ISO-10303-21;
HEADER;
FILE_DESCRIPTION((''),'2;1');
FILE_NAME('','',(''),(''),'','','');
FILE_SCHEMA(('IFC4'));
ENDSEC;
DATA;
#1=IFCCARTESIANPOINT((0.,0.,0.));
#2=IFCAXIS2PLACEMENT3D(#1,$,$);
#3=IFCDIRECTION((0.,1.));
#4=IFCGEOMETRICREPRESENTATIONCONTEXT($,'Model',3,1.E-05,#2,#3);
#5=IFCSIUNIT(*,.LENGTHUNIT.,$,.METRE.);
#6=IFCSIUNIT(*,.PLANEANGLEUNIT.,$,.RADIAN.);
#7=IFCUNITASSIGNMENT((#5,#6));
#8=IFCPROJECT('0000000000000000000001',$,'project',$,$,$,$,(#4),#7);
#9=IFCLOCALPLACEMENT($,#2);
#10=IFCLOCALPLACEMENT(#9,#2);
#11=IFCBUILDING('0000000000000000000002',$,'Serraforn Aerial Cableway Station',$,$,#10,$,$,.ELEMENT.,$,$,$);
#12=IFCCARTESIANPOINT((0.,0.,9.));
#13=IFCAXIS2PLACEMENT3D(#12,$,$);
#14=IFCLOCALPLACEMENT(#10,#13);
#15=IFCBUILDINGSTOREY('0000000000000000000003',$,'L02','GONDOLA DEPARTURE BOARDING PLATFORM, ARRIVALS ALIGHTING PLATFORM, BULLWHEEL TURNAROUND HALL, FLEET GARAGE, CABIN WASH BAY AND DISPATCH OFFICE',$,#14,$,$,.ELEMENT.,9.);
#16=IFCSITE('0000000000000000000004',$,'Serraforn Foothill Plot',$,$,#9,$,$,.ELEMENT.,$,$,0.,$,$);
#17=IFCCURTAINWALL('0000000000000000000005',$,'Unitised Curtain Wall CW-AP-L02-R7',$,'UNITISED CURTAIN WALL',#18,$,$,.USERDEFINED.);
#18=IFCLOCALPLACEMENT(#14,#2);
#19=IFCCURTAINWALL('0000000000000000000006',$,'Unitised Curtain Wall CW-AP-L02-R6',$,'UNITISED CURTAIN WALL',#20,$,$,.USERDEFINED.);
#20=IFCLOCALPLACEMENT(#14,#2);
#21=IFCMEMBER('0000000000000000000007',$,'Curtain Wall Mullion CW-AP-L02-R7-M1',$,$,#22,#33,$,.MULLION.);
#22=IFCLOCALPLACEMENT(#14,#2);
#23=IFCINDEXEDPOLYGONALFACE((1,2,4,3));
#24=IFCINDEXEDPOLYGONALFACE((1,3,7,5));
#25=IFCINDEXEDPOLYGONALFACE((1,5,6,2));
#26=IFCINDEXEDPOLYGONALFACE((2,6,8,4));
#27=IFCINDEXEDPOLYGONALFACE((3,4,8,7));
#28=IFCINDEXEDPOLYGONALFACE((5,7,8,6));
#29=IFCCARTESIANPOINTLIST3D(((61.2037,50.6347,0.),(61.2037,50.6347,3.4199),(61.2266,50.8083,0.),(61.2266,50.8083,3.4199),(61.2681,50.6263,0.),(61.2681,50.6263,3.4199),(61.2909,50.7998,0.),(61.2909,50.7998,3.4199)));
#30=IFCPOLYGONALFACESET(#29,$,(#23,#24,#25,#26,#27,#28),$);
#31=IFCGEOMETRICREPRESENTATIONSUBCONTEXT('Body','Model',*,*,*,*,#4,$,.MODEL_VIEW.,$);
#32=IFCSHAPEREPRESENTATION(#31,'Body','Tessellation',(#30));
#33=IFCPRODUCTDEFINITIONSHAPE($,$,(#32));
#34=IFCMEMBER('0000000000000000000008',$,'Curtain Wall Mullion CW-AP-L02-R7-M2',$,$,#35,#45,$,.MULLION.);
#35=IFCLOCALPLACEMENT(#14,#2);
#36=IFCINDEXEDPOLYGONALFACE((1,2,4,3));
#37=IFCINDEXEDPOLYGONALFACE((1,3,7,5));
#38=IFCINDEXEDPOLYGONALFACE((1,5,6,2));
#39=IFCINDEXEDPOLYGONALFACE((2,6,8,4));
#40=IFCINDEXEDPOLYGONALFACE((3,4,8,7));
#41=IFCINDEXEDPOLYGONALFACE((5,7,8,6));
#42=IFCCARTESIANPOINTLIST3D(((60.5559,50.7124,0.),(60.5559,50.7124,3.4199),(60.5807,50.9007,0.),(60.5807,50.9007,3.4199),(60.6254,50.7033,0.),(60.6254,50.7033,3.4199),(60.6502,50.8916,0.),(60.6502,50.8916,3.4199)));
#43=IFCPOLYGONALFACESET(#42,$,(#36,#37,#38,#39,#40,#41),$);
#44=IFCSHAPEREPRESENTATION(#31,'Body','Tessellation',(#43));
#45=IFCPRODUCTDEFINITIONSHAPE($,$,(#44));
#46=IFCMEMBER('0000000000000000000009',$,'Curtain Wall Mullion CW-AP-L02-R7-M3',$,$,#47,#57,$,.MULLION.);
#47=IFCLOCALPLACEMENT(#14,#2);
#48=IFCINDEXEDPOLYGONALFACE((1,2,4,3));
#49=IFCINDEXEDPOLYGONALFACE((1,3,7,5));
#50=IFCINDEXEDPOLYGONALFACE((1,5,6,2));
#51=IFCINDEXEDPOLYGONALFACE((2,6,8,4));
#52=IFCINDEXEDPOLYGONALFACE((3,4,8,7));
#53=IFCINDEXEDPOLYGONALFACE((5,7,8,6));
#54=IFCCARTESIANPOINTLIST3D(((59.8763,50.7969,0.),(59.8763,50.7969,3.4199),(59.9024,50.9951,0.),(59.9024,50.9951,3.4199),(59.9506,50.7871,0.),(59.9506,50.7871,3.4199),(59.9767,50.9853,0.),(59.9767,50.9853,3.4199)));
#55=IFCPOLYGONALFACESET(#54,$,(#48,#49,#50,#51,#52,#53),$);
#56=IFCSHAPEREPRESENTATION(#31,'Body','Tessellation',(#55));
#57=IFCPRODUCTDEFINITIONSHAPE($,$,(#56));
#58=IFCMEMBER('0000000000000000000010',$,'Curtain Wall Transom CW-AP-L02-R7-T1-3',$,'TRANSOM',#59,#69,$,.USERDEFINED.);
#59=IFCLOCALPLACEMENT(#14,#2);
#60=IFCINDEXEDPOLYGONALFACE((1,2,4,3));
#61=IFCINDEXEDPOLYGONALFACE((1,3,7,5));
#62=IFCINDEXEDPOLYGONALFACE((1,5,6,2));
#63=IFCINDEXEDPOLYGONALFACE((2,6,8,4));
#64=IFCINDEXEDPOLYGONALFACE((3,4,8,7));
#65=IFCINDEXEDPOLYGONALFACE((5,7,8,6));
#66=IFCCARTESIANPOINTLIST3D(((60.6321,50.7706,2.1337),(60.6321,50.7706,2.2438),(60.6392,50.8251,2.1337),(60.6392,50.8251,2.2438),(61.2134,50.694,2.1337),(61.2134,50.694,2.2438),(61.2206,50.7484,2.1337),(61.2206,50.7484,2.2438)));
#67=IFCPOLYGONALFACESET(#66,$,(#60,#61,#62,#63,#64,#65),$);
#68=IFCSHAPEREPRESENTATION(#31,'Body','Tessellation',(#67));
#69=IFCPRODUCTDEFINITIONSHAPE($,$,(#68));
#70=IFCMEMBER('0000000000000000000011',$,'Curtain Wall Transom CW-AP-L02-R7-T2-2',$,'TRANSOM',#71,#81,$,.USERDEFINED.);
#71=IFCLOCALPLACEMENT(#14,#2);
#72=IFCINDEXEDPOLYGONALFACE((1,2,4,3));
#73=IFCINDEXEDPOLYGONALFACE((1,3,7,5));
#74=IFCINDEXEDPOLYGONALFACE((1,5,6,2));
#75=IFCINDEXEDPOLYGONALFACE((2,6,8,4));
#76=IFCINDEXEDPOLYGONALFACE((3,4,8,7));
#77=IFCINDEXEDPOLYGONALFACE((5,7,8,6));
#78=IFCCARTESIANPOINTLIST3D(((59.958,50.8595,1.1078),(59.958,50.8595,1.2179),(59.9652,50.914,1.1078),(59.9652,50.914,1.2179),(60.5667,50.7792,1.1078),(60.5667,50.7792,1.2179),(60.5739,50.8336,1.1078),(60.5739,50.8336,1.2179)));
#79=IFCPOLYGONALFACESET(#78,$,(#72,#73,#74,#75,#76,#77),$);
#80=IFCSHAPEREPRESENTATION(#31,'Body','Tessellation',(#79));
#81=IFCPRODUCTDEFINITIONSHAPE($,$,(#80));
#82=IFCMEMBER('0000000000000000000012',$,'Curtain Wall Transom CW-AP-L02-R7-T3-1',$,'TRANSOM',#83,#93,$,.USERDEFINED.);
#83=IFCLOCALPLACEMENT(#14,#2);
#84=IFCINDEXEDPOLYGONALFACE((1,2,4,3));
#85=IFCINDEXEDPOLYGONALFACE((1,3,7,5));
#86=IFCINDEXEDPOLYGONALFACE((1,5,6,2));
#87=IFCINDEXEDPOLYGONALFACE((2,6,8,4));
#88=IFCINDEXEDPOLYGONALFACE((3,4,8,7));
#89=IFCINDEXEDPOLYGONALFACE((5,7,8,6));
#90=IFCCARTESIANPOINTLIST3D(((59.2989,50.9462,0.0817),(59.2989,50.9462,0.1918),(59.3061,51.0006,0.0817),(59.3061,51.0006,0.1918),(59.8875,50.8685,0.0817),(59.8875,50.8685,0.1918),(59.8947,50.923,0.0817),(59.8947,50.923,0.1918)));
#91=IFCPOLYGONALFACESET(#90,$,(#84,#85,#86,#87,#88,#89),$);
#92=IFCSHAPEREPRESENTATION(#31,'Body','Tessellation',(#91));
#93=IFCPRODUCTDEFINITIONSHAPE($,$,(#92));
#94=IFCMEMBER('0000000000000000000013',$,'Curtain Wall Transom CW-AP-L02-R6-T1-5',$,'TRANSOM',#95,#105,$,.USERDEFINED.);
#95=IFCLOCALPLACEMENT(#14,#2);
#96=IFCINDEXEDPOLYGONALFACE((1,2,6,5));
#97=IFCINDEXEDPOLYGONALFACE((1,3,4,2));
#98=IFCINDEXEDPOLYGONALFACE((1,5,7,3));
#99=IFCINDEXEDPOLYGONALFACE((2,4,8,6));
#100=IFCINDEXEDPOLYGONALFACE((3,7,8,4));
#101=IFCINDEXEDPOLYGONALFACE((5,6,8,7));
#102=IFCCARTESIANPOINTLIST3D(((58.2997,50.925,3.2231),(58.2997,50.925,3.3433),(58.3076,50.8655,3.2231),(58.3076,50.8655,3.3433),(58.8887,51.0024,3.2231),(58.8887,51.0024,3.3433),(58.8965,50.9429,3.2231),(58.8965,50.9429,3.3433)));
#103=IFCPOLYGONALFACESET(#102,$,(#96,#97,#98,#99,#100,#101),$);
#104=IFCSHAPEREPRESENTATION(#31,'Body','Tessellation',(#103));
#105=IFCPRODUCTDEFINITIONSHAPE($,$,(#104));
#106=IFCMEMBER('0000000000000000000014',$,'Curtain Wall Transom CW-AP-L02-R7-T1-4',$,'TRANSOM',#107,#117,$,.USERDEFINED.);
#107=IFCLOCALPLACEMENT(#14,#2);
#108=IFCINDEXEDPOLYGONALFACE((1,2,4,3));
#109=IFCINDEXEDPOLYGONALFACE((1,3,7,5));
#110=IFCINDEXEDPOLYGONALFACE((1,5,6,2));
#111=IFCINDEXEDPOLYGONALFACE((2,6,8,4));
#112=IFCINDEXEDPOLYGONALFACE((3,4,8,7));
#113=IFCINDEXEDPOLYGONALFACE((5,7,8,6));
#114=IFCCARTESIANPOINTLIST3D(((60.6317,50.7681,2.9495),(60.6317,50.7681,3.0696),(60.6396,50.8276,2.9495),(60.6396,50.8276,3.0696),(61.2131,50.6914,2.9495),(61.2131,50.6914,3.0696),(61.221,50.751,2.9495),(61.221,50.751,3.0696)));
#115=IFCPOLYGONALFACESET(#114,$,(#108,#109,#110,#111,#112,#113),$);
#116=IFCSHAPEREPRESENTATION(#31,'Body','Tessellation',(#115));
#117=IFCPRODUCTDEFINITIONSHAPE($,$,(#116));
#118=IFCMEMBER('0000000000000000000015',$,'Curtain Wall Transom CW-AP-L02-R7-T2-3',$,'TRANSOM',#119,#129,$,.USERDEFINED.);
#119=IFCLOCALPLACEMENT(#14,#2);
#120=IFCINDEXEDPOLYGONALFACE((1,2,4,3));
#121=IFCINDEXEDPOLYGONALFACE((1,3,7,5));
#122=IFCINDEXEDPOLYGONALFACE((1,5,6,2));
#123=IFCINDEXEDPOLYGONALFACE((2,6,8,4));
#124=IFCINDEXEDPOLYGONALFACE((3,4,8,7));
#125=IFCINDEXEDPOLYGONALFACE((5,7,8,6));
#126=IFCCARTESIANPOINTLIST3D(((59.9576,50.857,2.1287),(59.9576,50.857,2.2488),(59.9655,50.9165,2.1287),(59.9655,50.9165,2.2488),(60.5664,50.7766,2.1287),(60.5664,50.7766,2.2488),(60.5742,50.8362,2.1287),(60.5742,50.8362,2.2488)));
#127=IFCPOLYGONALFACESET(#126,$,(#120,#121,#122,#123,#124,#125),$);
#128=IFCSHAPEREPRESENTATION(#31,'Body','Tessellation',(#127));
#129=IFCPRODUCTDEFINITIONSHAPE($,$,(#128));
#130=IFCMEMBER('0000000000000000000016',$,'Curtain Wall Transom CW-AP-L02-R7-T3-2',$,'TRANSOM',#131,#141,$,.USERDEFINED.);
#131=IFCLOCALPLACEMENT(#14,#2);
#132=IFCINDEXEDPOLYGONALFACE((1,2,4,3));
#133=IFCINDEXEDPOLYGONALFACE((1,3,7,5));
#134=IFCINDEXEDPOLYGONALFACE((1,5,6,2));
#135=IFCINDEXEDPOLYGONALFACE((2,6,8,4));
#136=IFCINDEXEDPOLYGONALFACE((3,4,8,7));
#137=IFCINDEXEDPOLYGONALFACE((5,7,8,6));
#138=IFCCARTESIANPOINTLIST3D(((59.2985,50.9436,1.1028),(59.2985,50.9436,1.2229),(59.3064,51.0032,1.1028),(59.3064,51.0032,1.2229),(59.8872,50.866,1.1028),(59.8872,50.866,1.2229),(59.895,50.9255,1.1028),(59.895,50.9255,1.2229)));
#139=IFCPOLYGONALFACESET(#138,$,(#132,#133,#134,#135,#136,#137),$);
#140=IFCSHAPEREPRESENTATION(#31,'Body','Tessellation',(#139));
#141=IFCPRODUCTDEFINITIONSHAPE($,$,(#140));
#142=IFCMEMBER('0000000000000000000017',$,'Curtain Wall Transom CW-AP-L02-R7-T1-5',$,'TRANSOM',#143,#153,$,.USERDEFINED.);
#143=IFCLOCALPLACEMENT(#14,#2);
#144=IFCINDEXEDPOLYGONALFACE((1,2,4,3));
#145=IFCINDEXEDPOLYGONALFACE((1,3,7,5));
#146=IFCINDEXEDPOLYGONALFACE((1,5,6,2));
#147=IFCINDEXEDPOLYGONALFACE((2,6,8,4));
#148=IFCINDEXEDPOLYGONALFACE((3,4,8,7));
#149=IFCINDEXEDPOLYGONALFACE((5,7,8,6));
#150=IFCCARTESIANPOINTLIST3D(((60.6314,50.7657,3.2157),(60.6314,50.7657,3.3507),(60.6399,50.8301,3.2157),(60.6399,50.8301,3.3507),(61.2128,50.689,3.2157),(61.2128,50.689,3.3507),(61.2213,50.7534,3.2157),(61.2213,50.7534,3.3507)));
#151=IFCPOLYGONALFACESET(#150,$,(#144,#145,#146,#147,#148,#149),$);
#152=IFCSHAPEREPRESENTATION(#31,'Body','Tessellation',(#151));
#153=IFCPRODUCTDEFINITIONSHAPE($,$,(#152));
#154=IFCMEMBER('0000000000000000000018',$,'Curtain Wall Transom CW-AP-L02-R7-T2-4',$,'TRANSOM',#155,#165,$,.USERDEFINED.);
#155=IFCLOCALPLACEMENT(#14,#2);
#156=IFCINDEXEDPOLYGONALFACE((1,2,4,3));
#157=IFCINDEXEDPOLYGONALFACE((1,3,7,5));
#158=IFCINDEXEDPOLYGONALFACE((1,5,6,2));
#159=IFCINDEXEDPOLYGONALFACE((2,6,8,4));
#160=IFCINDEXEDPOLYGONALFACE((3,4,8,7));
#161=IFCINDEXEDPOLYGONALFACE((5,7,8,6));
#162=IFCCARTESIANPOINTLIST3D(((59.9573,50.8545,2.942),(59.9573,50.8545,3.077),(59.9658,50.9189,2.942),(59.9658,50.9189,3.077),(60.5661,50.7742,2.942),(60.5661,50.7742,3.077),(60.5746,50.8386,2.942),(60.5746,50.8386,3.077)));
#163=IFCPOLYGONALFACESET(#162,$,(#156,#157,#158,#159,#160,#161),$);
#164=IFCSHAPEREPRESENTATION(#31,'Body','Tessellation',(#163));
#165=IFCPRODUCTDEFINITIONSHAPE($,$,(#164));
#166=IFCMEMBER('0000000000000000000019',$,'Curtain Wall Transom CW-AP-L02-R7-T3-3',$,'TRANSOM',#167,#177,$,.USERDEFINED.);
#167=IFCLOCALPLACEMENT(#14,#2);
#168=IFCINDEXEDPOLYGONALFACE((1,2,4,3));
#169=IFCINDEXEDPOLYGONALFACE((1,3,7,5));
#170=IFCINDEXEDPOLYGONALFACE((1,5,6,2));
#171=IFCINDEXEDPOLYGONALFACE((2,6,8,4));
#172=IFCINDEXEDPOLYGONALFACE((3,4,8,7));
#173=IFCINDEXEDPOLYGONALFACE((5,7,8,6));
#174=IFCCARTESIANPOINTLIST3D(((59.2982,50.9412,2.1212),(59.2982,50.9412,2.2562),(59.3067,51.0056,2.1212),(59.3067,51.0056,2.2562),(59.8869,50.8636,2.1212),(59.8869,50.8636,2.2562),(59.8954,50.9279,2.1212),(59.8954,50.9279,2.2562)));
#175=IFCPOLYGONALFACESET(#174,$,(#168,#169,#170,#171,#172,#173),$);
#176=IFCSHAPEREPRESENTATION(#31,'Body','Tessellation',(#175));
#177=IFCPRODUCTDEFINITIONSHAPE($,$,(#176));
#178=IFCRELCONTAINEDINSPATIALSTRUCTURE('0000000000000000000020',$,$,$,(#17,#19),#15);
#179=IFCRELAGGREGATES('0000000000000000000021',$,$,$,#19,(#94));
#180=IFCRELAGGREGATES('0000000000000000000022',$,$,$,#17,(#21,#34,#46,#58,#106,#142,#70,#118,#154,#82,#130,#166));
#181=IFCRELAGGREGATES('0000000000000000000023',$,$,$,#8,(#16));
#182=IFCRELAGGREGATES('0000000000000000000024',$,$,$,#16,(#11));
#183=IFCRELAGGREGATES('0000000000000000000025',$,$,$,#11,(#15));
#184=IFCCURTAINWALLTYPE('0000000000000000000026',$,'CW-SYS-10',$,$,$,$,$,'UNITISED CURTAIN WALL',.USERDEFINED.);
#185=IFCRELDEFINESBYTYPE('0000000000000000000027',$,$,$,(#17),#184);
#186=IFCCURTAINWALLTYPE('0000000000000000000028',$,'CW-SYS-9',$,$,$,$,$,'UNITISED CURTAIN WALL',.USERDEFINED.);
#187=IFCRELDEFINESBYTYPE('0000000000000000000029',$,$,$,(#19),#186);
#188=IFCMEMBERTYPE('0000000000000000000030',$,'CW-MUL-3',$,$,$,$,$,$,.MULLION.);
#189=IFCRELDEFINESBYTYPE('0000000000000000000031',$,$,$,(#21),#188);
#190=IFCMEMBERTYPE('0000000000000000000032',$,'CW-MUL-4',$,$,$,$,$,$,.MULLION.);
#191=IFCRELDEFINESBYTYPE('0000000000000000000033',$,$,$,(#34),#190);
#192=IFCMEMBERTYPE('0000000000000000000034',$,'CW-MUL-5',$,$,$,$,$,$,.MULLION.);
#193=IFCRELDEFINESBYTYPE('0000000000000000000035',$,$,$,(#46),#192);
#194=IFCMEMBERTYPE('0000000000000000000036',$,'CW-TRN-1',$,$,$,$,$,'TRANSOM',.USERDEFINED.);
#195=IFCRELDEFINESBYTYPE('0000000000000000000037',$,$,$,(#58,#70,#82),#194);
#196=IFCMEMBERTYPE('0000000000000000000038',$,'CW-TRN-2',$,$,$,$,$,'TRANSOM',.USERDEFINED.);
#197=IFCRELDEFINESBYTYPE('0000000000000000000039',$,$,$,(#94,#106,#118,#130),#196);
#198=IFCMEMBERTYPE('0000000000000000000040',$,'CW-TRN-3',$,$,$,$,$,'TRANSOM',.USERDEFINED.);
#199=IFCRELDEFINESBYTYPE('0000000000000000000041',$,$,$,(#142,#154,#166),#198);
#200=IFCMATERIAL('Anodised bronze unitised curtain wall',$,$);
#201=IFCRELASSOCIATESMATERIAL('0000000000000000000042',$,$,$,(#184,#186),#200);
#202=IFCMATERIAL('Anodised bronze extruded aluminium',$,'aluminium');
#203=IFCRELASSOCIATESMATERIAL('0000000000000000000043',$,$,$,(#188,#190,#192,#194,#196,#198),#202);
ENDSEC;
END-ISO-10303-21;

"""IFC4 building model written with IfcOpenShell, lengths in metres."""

from ifc_helpers import new_model, si_unit, direction, frame, origin, origin_2d, place, context, subcontext, project, spatial, rectangle, extrude, material, material_profile, profile_set, type_object, element, aggregate, save


model = new_model("IFC4")

# Units and contexts
model_context = context("Model", 3, precision=1e-05, world=origin(), true_north=direction((0.0, 1.0)))
body_context = subcontext(model_context, "Body", "Model", "MODEL_VIEW")
ifc_project = project(units=[si_unit("LENGTHUNIT", "METRE"), si_unit("PLANEANGLEUNIT", "RADIAN")], contexts=[model_context])

# Site, building, storey
site_placement = place(None, origin())
site = spatial("IfcSite", under=ifc_project, at=site_placement, Name="Serraforn Foothill Plot", CompositionType="ELEMENT", RefElevation=0.0)
building_placement = place(site_placement, origin())
building = spatial("IfcBuilding", under=site, at=building_placement, Name="Serraforn Aerial Cableway Station", CompositionType="ELEMENT")
storey_placement = place(building_placement, frame((0.0, 0.0, 9.0)))
storey = spatial("IfcBuildingStorey", under=building, at=storey_placement, Name="L02", Description="GONDOLA DEPARTURE BOARDING PLATFORM, ARRIVALS ALIGHTING PLATFORM, BULLWHEEL TURNAROUND HALL, FLEET GARAGE, CABIN WASH BAY AND DISPATCH OFFICE", CompositionType="ELEMENT", Elevation=9.0)

# Curtain walls
ifc_material_1 = material(Name="Anodised bronze unitised curtain wall")
curtain_wall_type_1 = type_object("IfcCurtainWallType", Name="CW-SYS-10", ElementType="UNITISED CURTAIN WALL", PredefinedType="USERDEFINED", material=ifc_material_1)
curtain_wall_1_placement = place(storey_placement, origin())
curtain_wall_1 = element("IfcCurtainWall", 1, at=curtain_wall_1_placement, inside=storey, type_object=curtain_wall_type_1, Name="Unitised Curtain Wall CW-AP-L02-R7", ObjectType="UNITISED CURTAIN WALL", PredefinedType="USERDEFINED")
ifc_material_2 = material(Name="Anodised bronze extruded aluminium", Category="aluminium")
curtain_wall_type_2 = type_object("IfcCurtainWallType", Name="CW-SYS-9", ElementType="UNITISED CURTAIN WALL", PredefinedType="USERDEFINED", material=ifc_material_1)
curtain_wall_2_placement = place(storey_placement, origin())
curtain_wall_2 = element("IfcCurtainWall", 2, at=curtain_wall_2_placement, inside=storey, type_object=curtain_wall_type_2, Name="Unitised Curtain Wall CW-AP-L02-R6", ObjectType="UNITISED CURTAIN WALL", PredefinedType="USERDEFINED")

# Members
ifc_material_profile_1 = material_profile(ifc_material_2, rectangle(XDim=0.0649, YDim=0.175, at=origin_2d()), Name="CW MULLION 65x175")
ifc_profile_set_1 = profile_set([ifc_material_profile_1], Name="Anodised bronze extruded aluminium")
member_type_1 = type_object("IfcMemberType", Name="CW-MUL-3", PredefinedType="MULLION", material=ifc_profile_set_1)
member_1_placement = place(storey_placement, frame((61.2473, 50.7173, 0.0), z_axis=(0.0, 0.0, 1.0), x_axis=(-0.991439, 0.130573, 0.0)))
member_1 = element("IfcMember", 3, at=member_1_placement, type_object=member_type_1, Name="Curtain Wall Mullion CW-AP-L02-R7-M1", PredefinedType="MULLION", context=body_context, shape_type="SweptSolid", body=[
    extrude(rectangle(XDim=0.0649, YDim=0.175, at=origin_2d()), origin(), (0.0, 0.0, 1.0), 3.4199),
])
ifc_material_profile_2 = material_profile(ifc_material_2, rectangle(XDim=0.0701, YDim=0.1899, at=origin_2d()), Name="CW MULLION 70x190")
ifc_profile_set_2 = profile_set([ifc_material_profile_2], Name="Anodised bronze extruded aluminium")
member_type_2 = type_object("IfcMemberType", Name="CW-MUL-4", PredefinedType="MULLION", material=ifc_profile_set_2)
member_2_placement = place(storey_placement, frame((60.603, 50.802, 0.0), z_axis=(0.0, 0.0, 1.0), x_axis=(-0.991439, 0.130573, 0.0)))
member_2 = element("IfcMember", 4, at=member_2_placement, type_object=member_type_2, Name="Curtain Wall Mullion CW-AP-L02-R7-M2", PredefinedType="MULLION", context=body_context, shape_type="SweptSolid", body=[
    extrude(rectangle(XDim=0.0701, YDim=0.1899, at=origin_2d()), origin(), (0.0, 0.0, 1.0), 3.4199),
])
ifc_material_profile_3 = material_profile(ifc_material_2, rectangle(XDim=0.075, YDim=0.2, at=origin_2d()), Name="CW MULLION 75x200")
ifc_profile_set_3 = profile_set([ifc_material_profile_3], Name="Anodised bronze extruded aluminium")
member_type_3 = type_object("IfcMemberType", Name="CW-MUL-5", PredefinedType="MULLION", material=ifc_profile_set_3)
member_3_placement = place(storey_placement, frame((59.9265, 50.8911, 0.0), z_axis=(0.0, 0.0, 1.0), x_axis=(-0.991439, 0.130573, 0.0)))
member_3 = element("IfcMember", 5, at=member_3_placement, type_object=member_type_3, Name="Curtain Wall Mullion CW-AP-L02-R7-M3", PredefinedType="MULLION", context=body_context, shape_type="SweptSolid", body=[
    extrude(rectangle(XDim=0.075, YDim=0.2, at=origin_2d()), origin(), (0.0, 0.0, 1.0), 3.4199),
])
ifc_material_profile_4 = material_profile(ifc_material_2, rectangle(XDim=0.0549, YDim=0.1101, at=origin_2d()), Name="CW TRANSOM 55x110")
ifc_profile_set_4 = profile_set([ifc_material_profile_4], Name="Anodised bronze extruded aluminium")
member_type_4 = type_object("IfcMemberType", Name="CW-TRN-1", ElementType="TRANSOM", PredefinedType="USERDEFINED", material=ifc_profile_set_4)
member_4_placement = place(storey_placement, frame((61.217, 50.7212, 2.1887), z_axis=(-0.991416, 0.130745, 0.0), x_axis=(-0.130745, -0.991416, 0.0)))
member_4 = element("IfcMember", 6, at=member_4_placement, type_object=member_type_4, Name="Curtain Wall Transom CW-AP-L02-R7-T1-3", ObjectType="TRANSOM", PredefinedType="USERDEFINED", context=body_context, shape_type="SweptSolid", body=[
    extrude(rectangle(XDim=0.0549, YDim=0.1101, at=origin_2d()), origin(), (0.0, 0.0, 1.0), 0.5864),
])
member_5_placement = place(storey_placement, frame((60.5703, 50.8064, 1.1628), z_axis=(-0.991404, 0.130835, 0.0), x_axis=(-0.130835, -0.991404, 0.0)))
member_5 = element("IfcMember", 7, at=member_5_placement, type_object=member_type_4, Name="Curtain Wall Transom CW-AP-L02-R7-T2-2", ObjectType="TRANSOM", PredefinedType="USERDEFINED", context=body_context, shape_type="SweptSolid", body=[
    extrude(rectangle(XDim=0.0549, YDim=0.1101, at=origin_2d()), origin(), (0.0, 0.0, 1.0), 0.614),
])
member_6_placement = place(storey_placement, frame((59.8911, 50.8958, 0.1367), z_axis=(-0.991414, 0.130763, 0.0), x_axis=(-0.130763, -0.991414, 0.0)))
member_6 = element("IfcMember", 8, at=member_6_placement, type_object=member_type_4, Name="Curtain Wall Transom CW-AP-L02-R7-T3-1", ObjectType="TRANSOM", PredefinedType="USERDEFINED", context=body_context, shape_type="SweptSolid", body=[
    extrude(rectangle(XDim=0.0549, YDim=0.1101, at=origin_2d()), origin(), (0.0, 0.0, 1.0), 0.5938),
])
ifc_material_profile_5 = material_profile(ifc_material_2, rectangle(XDim=0.0601, YDim=0.1201, at=origin_2d()), Name="CW TRANSOM 60x120")
ifc_profile_set_5 = profile_set([ifc_material_profile_5], Name="Anodised bronze extruded aluminium")
member_type_5 = type_object("IfcMemberType", Name="CW-TRN-2", ElementType="TRANSOM", PredefinedType="USERDEFINED", material=ifc_profile_set_5)
member_7_placement = place(storey_placement, frame((58.8926, 50.9727, 3.2832), z_axis=(-0.991474, -0.130306, 0.0), x_axis=(0.130306, -0.991474, 0.0)))
member_7 = element("IfcMember", 9, at=member_7_placement, type_object=member_type_5, Name="Curtain Wall Transom CW-AP-L02-R6-T1-5", ObjectType="TRANSOM", PredefinedType="USERDEFINED", context=body_context, shape_type="SweptSolid", body=[
    extrude(rectangle(XDim=0.0601, YDim=0.1201, at=origin_2d()), origin(), (0.0, 0.0, 1.0), 0.594),
])
aggregate(curtain_wall_2, [member_7])
member_8_placement = place(storey_placement, frame((61.217, 50.7212, 3.0095), z_axis=(-0.991416, 0.130745, 0.0), x_axis=(-0.130745, -0.991416, 0.0)))
member_8 = element("IfcMember", 10, at=member_8_placement, type_object=member_type_5, Name="Curtain Wall Transom CW-AP-L02-R7-T1-4", ObjectType="TRANSOM", PredefinedType="USERDEFINED", context=body_context, shape_type="SweptSolid", body=[
    extrude(rectangle(XDim=0.0601, YDim=0.1201, at=origin_2d()), origin(), (0.0, 0.0, 1.0), 0.5864),
])
member_9_placement = place(storey_placement, frame((60.5703, 50.8064, 2.1887), z_axis=(-0.991404, 0.130835, 0.0), x_axis=(-0.130835, -0.991404, 0.0)))
member_9 = element("IfcMember", 11, at=member_9_placement, type_object=member_type_5, Name="Curtain Wall Transom CW-AP-L02-R7-T2-3", ObjectType="TRANSOM", PredefinedType="USERDEFINED", context=body_context, shape_type="SweptSolid", body=[
    extrude(rectangle(XDim=0.0601, YDim=0.1201, at=origin_2d()), origin(), (0.0, 0.0, 1.0), 0.614),
])
member_10_placement = place(storey_placement, frame((59.8911, 50.8958, 1.1628), z_axis=(-0.991414, 0.130763, 0.0), x_axis=(-0.130763, -0.991414, 0.0)))
member_10 = element("IfcMember", 12, at=member_10_placement, type_object=member_type_5, Name="Curtain Wall Transom CW-AP-L02-R7-T3-2", ObjectType="TRANSOM", PredefinedType="USERDEFINED", context=body_context, shape_type="SweptSolid", body=[
    extrude(rectangle(XDim=0.0601, YDim=0.1201, at=origin_2d()), origin(), (0.0, 0.0, 1.0), 0.5938),
])
ifc_material_profile_6 = material_profile(ifc_material_2, rectangle(XDim=0.0649, YDim=0.135, at=origin_2d()), Name="CW TRANSOM 65x135")
ifc_profile_set_6 = profile_set([ifc_material_profile_6], Name="Anodised bronze extruded aluminium")
member_type_6 = type_object("IfcMemberType", Name="CW-TRN-3", ElementType="TRANSOM", PredefinedType="USERDEFINED", material=ifc_profile_set_6)
member_11_placement = place(storey_placement, frame((61.217, 50.7212, 3.2832), z_axis=(-0.991416, 0.130745, 0.0), x_axis=(-0.130745, -0.991416, 0.0)))
member_11 = element("IfcMember", 13, at=member_11_placement, type_object=member_type_6, Name="Curtain Wall Transom CW-AP-L02-R7-T1-5", ObjectType="TRANSOM", PredefinedType="USERDEFINED", context=body_context, shape_type="SweptSolid", body=[
    extrude(rectangle(XDim=0.0649, YDim=0.135, at=origin_2d()), origin(), (0.0, 0.0, 1.0), 0.5864),
])
member_12_placement = place(storey_placement, frame((60.5703, 50.8064, 3.0095), z_axis=(-0.991404, 0.130835, 0.0), x_axis=(-0.130835, -0.991404, 0.0)))
member_12 = element("IfcMember", 14, at=member_12_placement, type_object=member_type_6, Name="Curtain Wall Transom CW-AP-L02-R7-T2-4", ObjectType="TRANSOM", PredefinedType="USERDEFINED", context=body_context, shape_type="SweptSolid", body=[
    extrude(rectangle(XDim=0.0649, YDim=0.135, at=origin_2d()), origin(), (0.0, 0.0, 1.0), 0.614),
])
member_13_placement = place(storey_placement, frame((59.8911, 50.8958, 2.1887), z_axis=(-0.991414, 0.130763, 0.0), x_axis=(-0.130763, -0.991414, 0.0)))
member_13 = element("IfcMember", 15, at=member_13_placement, type_object=member_type_6, Name="Curtain Wall Transom CW-AP-L02-R7-T3-3", ObjectType="TRANSOM", PredefinedType="USERDEFINED", context=body_context, shape_type="SweptSolid", body=[
    extrude(rectangle(XDim=0.0649, YDim=0.135, at=origin_2d()), origin(), (0.0, 0.0, 1.0), 0.5938),
])

aggregate(curtain_wall_1, [member_1, member_2, member_3, member_4, member_8, member_11, member_5, member_9, member_12, member_6, member_10, member_13])

save(model, "model.ifc")
